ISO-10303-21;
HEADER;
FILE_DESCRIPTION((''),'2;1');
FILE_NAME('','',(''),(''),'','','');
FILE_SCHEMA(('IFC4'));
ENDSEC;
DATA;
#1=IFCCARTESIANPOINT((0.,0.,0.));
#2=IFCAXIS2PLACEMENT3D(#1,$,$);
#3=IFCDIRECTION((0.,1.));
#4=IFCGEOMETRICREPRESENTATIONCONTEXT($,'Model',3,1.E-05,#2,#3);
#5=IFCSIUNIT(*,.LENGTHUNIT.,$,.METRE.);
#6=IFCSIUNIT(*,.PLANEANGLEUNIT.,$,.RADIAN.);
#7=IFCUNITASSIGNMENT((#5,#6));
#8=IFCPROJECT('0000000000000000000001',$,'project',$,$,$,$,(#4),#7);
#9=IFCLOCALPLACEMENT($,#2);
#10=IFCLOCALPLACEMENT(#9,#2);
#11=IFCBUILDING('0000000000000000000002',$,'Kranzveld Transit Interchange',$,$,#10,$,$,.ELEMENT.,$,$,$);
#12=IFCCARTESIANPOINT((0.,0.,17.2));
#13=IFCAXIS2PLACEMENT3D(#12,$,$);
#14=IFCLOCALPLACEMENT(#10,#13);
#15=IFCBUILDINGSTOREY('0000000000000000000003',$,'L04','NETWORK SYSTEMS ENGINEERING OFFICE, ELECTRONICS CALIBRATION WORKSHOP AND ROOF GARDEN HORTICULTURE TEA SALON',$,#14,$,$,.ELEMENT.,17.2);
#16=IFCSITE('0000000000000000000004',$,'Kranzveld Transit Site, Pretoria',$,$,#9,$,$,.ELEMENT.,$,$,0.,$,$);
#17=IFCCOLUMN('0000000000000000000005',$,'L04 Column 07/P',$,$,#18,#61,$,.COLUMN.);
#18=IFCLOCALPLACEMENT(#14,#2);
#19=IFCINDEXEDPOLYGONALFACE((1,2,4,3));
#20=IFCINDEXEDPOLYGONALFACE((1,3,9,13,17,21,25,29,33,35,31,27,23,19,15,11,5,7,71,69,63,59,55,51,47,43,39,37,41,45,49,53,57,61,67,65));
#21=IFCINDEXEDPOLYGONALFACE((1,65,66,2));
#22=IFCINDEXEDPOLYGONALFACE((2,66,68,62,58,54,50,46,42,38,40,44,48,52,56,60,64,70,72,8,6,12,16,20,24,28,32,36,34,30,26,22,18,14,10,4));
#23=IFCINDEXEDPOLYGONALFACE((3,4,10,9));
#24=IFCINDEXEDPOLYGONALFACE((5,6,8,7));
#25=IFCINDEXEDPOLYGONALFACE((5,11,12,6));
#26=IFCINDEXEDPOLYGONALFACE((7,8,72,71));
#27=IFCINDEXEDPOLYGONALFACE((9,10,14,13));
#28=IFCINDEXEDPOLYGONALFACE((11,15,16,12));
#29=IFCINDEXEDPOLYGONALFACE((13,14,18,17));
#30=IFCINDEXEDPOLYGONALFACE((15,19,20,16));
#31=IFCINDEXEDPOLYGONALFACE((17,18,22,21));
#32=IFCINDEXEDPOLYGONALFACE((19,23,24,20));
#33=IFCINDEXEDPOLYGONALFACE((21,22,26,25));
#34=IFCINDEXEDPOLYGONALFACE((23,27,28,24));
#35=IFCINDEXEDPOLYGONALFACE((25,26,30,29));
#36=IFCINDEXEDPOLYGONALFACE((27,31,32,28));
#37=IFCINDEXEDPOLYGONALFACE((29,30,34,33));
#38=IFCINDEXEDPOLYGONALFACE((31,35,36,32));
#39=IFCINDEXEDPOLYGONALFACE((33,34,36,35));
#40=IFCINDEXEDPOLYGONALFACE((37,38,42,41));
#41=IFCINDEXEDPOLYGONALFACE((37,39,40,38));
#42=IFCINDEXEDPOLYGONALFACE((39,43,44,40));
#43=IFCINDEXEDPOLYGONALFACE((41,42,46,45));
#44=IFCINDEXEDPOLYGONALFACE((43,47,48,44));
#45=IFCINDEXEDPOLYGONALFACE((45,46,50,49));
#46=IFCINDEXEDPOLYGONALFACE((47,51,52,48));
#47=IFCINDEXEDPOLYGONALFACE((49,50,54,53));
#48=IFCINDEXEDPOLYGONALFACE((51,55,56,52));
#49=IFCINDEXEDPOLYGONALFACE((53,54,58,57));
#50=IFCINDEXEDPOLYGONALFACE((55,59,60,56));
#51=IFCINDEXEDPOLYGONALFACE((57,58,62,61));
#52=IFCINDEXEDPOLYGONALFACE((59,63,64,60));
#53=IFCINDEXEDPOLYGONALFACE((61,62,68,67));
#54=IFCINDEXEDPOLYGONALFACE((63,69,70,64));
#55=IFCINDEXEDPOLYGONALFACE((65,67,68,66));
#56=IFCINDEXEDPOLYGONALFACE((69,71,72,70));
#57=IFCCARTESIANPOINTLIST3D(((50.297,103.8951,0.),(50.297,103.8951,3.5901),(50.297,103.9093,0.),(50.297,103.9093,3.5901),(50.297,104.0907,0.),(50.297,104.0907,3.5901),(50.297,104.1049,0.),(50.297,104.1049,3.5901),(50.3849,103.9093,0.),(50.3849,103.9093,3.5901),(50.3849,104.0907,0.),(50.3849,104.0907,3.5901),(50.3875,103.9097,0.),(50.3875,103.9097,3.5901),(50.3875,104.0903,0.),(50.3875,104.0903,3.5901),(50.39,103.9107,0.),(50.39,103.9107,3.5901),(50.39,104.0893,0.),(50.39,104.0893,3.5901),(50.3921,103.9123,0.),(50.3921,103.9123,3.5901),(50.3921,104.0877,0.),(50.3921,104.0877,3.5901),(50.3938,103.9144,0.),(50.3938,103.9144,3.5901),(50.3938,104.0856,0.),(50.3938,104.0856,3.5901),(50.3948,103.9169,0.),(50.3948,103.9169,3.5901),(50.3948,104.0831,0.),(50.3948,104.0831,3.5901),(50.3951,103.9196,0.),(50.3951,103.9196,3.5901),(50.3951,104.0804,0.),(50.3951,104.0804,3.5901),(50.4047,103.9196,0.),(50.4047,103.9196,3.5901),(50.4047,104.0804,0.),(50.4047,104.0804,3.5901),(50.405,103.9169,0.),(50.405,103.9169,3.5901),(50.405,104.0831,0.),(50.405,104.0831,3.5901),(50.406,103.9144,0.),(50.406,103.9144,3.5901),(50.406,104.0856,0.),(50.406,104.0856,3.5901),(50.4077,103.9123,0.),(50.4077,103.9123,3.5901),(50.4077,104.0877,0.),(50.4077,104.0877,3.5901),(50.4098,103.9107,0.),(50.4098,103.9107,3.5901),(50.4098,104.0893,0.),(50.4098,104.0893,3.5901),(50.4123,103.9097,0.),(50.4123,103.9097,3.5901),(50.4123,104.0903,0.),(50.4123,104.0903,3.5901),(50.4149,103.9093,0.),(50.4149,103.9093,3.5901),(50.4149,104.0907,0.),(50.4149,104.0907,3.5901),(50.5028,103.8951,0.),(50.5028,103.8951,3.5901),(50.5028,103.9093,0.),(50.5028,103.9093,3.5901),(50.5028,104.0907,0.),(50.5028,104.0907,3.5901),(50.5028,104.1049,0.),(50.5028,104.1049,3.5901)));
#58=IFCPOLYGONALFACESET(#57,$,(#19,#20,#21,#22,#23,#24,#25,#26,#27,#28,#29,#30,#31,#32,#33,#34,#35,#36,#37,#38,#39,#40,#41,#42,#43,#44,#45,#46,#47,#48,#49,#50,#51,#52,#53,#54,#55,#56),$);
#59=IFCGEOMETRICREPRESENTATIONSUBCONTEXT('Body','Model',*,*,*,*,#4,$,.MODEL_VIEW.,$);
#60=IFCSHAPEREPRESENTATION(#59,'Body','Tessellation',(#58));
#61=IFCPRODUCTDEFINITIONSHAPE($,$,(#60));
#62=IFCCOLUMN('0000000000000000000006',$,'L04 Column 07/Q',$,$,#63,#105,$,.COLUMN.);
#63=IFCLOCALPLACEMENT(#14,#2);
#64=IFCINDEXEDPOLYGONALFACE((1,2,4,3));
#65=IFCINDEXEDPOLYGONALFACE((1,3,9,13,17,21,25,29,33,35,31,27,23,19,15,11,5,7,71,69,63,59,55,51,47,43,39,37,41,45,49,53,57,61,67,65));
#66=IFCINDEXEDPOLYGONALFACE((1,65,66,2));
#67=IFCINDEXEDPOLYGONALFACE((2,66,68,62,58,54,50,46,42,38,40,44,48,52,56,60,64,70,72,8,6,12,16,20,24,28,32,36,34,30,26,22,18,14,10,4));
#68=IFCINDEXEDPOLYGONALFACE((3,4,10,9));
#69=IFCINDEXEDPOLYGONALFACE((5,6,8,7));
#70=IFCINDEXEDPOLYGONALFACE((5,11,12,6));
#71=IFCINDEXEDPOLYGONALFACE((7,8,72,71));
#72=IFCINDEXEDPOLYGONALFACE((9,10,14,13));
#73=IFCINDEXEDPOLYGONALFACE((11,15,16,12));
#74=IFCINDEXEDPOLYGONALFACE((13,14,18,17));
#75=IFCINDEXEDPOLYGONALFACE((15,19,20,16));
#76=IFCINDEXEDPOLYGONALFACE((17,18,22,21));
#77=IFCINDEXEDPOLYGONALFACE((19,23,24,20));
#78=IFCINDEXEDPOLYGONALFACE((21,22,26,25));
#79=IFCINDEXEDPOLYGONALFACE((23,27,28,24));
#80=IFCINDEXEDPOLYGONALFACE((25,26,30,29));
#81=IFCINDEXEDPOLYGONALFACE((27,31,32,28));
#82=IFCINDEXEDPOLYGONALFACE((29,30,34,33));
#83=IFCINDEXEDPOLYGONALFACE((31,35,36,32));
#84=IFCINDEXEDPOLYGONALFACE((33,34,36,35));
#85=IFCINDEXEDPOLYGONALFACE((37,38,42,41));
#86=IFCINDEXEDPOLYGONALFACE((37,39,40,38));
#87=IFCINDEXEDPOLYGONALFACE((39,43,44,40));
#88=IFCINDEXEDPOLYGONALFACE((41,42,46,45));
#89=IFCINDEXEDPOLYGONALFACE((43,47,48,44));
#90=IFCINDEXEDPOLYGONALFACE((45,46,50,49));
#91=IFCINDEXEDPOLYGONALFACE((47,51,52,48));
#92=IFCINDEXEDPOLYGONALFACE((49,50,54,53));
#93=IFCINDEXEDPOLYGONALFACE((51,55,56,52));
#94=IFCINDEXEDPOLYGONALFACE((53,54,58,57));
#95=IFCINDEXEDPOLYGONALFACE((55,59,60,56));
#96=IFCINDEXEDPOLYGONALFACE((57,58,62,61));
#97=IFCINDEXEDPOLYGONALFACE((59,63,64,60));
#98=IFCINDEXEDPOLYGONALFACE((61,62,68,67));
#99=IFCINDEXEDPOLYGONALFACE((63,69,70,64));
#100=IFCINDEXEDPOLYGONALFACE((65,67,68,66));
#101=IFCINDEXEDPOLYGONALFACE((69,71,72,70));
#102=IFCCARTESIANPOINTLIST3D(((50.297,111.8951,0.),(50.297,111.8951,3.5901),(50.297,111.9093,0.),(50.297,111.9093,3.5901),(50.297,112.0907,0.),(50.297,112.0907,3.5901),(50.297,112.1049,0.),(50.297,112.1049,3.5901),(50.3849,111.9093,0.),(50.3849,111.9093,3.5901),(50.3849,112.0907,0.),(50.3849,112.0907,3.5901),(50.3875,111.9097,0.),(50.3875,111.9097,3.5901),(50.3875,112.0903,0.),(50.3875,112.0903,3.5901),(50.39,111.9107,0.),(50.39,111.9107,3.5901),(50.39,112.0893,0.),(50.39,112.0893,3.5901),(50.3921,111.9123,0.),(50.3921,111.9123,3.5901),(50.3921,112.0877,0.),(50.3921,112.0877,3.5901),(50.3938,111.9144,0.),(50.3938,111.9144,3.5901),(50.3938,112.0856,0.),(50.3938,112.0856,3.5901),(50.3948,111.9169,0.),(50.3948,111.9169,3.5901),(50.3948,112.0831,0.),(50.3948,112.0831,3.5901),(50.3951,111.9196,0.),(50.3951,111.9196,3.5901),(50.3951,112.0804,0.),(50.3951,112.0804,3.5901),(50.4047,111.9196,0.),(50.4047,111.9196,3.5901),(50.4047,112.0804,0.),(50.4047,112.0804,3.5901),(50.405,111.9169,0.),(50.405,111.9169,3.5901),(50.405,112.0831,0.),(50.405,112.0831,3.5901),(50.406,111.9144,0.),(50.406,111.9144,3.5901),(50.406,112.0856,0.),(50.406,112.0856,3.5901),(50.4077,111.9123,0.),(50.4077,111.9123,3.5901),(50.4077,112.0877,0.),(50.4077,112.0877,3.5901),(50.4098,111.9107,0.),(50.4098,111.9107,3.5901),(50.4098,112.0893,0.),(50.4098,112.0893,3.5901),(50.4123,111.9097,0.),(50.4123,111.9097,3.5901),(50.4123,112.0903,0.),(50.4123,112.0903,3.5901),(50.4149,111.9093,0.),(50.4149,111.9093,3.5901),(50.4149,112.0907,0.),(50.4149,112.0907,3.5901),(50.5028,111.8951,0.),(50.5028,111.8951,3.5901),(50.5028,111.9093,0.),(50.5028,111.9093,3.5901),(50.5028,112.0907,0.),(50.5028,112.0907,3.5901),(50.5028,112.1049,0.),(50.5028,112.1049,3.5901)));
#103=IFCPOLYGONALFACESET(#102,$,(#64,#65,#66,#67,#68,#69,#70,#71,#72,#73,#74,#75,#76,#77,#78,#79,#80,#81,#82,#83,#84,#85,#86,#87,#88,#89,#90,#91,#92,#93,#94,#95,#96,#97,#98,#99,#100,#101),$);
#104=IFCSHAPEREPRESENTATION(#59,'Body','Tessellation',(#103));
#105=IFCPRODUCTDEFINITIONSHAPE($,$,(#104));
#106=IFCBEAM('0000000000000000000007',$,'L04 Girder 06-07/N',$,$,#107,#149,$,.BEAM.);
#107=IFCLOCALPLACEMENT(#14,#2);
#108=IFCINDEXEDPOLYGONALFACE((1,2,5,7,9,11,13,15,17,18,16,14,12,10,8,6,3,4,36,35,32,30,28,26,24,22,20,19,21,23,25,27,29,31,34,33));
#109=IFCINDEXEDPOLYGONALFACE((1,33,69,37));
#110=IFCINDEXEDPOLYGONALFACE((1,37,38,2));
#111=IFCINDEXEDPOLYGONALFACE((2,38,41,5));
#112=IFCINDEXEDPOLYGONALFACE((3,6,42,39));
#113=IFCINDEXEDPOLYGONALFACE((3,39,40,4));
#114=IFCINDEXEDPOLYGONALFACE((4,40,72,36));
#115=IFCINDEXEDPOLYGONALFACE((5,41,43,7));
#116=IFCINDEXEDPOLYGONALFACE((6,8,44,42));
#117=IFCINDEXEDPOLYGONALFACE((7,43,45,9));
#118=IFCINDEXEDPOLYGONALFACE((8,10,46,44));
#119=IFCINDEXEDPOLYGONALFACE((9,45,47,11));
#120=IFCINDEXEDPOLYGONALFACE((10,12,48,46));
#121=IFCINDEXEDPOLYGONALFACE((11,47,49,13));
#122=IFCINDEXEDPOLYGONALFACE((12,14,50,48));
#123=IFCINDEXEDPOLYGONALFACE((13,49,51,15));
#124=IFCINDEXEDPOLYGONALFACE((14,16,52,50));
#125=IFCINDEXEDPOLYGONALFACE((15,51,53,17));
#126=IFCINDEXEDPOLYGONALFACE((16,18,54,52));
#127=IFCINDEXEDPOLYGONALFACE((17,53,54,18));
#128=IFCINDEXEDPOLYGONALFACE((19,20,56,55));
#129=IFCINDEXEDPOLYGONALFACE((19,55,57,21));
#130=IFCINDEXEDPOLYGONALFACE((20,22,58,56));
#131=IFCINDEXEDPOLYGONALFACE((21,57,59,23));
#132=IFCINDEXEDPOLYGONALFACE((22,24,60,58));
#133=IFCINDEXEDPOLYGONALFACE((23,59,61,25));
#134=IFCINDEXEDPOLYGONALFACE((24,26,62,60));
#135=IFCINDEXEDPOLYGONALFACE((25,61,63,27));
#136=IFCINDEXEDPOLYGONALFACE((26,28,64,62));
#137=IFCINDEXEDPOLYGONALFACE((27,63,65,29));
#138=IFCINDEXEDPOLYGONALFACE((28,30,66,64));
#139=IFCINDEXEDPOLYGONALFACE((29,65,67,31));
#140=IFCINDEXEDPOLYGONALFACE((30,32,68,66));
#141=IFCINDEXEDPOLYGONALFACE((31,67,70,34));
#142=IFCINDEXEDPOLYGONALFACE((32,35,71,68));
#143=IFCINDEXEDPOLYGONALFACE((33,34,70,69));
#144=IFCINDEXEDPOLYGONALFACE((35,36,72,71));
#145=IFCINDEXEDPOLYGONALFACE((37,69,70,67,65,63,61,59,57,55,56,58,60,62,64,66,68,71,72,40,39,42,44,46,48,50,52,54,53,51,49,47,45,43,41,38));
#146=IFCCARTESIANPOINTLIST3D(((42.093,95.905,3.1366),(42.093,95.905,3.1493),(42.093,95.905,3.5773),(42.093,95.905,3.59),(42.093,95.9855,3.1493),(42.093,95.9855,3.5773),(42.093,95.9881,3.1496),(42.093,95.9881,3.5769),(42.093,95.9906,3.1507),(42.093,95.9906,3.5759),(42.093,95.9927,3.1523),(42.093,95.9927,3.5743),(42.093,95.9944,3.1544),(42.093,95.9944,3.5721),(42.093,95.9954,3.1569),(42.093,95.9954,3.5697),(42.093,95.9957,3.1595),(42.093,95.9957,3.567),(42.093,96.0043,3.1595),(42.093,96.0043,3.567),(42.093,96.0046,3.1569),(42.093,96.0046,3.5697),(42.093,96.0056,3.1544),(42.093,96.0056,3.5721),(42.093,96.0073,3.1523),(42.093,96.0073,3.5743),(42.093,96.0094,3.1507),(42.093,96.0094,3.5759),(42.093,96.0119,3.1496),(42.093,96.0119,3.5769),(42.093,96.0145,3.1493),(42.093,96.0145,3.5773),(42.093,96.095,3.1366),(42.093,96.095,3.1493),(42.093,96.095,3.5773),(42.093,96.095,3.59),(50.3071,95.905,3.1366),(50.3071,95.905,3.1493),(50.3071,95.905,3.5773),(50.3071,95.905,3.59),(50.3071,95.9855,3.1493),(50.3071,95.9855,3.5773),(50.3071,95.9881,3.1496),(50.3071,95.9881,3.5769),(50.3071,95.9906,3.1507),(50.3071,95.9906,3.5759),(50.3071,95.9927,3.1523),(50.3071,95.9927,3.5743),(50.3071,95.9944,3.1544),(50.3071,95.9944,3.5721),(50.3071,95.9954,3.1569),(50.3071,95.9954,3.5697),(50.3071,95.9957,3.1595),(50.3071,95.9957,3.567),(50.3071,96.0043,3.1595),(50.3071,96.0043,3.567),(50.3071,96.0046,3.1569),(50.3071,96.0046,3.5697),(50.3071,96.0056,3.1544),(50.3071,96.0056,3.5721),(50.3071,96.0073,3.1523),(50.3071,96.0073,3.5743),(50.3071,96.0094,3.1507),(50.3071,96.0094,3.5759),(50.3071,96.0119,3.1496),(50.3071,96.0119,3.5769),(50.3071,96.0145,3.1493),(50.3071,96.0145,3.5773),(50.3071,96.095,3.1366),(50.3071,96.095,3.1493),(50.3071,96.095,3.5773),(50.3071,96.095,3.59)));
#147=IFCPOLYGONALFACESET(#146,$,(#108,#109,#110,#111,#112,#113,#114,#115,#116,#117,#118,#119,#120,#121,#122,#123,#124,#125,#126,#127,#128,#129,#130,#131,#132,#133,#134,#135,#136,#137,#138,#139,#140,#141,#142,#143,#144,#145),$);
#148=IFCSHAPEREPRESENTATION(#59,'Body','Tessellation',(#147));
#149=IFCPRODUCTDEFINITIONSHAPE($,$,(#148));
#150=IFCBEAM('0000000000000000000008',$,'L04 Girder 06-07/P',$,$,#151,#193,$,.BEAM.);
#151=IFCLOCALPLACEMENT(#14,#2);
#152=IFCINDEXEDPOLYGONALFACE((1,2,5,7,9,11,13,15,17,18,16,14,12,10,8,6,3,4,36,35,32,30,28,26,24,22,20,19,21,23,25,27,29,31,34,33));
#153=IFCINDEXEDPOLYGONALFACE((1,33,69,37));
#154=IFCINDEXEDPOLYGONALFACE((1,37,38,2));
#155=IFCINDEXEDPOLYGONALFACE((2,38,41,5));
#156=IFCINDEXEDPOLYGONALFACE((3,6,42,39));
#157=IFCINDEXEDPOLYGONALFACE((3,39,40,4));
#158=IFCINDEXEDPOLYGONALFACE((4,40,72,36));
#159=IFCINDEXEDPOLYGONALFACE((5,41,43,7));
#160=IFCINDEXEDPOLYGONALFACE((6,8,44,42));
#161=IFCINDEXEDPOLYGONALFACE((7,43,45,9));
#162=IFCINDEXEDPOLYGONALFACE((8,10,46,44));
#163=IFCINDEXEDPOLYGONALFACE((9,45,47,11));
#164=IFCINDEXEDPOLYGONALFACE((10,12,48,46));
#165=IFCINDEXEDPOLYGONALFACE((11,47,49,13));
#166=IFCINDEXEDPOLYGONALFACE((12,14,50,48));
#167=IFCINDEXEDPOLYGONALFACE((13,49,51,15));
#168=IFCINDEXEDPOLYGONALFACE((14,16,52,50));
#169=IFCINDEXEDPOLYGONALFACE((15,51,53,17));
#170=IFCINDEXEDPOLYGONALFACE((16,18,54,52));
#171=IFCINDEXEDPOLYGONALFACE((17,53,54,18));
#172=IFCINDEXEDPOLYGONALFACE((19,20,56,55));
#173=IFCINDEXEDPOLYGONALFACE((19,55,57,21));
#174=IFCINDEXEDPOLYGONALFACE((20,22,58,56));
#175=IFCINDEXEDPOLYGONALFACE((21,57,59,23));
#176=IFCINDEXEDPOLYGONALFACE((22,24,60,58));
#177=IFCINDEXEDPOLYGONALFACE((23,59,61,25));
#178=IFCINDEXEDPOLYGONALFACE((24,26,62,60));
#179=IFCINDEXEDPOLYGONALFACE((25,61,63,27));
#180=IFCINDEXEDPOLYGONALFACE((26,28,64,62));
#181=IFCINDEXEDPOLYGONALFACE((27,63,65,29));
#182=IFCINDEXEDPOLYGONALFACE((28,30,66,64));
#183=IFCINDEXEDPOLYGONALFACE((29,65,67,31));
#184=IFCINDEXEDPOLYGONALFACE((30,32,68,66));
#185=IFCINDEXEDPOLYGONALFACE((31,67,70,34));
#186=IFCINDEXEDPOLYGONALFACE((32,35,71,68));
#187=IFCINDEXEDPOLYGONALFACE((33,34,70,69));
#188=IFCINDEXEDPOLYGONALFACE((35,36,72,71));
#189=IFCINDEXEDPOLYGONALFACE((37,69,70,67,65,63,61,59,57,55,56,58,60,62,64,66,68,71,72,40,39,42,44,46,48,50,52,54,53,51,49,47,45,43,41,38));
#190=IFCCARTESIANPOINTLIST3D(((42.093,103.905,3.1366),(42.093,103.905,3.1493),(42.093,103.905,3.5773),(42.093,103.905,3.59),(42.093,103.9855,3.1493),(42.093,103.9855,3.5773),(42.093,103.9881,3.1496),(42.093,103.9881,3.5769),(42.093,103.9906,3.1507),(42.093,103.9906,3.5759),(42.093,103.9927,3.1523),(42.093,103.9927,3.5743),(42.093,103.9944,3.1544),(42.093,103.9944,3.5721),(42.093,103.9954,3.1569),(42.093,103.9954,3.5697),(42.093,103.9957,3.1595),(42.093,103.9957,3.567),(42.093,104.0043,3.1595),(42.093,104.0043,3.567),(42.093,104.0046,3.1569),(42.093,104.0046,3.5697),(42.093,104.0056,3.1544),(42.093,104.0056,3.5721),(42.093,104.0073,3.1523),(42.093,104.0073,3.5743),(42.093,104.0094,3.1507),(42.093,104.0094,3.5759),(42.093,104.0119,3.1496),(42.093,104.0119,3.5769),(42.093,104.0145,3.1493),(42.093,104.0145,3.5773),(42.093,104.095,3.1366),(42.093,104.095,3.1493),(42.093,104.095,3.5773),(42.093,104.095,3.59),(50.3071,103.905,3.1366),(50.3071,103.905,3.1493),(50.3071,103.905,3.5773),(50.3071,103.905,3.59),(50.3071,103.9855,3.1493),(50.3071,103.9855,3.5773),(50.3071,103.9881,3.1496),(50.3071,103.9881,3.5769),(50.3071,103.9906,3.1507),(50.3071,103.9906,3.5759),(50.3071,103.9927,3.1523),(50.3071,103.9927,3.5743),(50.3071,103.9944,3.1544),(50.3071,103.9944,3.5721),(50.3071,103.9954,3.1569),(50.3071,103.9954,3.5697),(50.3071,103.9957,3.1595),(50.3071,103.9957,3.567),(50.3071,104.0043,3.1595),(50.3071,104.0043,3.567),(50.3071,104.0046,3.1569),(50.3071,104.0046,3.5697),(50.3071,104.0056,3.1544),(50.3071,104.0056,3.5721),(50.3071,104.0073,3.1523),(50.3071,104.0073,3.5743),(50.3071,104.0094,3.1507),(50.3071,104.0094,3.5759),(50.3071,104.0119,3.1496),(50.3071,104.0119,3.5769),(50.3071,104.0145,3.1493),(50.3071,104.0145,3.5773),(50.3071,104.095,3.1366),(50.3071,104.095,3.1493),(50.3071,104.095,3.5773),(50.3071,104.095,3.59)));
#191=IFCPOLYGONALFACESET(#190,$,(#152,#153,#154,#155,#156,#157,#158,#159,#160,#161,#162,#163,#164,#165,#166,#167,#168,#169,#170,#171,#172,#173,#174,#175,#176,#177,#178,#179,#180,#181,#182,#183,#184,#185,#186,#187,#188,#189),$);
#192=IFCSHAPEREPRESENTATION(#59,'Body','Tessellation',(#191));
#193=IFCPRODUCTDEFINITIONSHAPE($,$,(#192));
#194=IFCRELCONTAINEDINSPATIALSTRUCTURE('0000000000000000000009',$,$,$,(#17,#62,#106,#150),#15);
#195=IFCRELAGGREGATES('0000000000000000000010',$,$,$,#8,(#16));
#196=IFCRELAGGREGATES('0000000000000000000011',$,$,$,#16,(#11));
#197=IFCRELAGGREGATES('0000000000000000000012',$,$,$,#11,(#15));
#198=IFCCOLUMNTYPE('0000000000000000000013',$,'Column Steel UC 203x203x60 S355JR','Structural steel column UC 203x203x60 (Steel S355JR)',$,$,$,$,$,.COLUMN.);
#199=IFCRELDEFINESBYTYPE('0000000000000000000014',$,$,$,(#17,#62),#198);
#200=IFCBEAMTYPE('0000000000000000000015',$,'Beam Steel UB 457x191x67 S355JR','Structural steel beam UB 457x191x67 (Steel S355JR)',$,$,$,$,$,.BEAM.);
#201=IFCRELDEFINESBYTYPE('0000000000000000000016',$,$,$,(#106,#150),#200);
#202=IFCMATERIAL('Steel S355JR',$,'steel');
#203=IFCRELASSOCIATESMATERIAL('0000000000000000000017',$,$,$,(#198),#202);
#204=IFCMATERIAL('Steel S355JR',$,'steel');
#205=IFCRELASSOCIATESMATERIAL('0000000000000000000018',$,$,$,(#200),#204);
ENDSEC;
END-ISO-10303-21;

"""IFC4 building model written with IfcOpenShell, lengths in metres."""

from ifc_helpers import new_model, si_unit, direction, frame, origin, origin_2d, place, context, subcontext, project, spatial, i_section, extrude, material, material_profile, profile_set, type_object, element, save


model = new_model("IFC4")

# Units and contexts
model_context = context("Model", 3, precision=1e-05, world=origin(), true_north=direction((0.0, 1.0)))
body_context = subcontext(model_context, "Body", "Model", "MODEL_VIEW")
ifc_project = project(units=[si_unit("LENGTHUNIT", "METRE"), si_unit("PLANEANGLEUNIT", "RADIAN")], contexts=[model_context])

# Site, building, storey
site_placement = place(None, origin())
site = spatial("IfcSite", under=ifc_project, at=site_placement, Name="Kranzveld Transit Site, Pretoria", CompositionType="ELEMENT", RefElevation=0.0)
building_placement = place(site_placement, origin())
building = spatial("IfcBuilding", under=site, at=building_placement, Name="Kranzveld Transit Interchange", CompositionType="ELEMENT")
storey_placement = place(building_placement, frame((0.0, 0.0, 17.2)))
storey = spatial("IfcBuildingStorey", under=building, at=storey_placement, Name="L04", Description="NETWORK SYSTEMS ENGINEERING OFFICE, ELECTRONICS CALIBRATION WORKSHOP AND ROOF GARDEN HORTICULTURE TEA SALON", CompositionType="ELEMENT", Elevation=17.2)

# Columns
ifc_material_1 = material(Name="Steel S355JR", Category="steel")
ifc_material_profile_1 = material_profile(ifc_material_1, i_section(OverallWidth=0.2058, OverallDepth=0.2097, WebThickness=0.0095, FlangeThickness=0.0142, FilletRadius=0.0103, at=origin_2d()), Name="UC 203x203x60")
ifc_profile_set_1 = profile_set([ifc_material_profile_1], Name="Steel S355JR")
column_type = type_object("IfcColumnType", Name="Column Steel UC 203x203x60 S355JR", Description="Structural steel column UC 203x203x60 (Steel S355JR)", PredefinedType="COLUMN", material=ifc_profile_set_1)
for number, where, z_axis, x_axis, name in (
    (1, (50.3999, 104.0, 0.0), (0.0, 0.0, 1.0), (1.0, 0.0, 0.0), "L04 Column 07/P"),
    (2, (50.3999, 112.0, 0.0), (0.0, 0.0, 1.0), (1.0, 0.0, 0.0), "L04 Column 07/Q"),
):
    element("IfcColumn", number, at=place(storey_placement, frame(where, z_axis=z_axis, x_axis=x_axis)), inside=storey, type_object=column_type, Name=name, PredefinedType="COLUMN", context=body_context, shape_type="SweptSolid", body=[
        extrude(i_section(OverallWidth=0.2058, OverallDepth=0.2097, WebThickness=0.0095, FlangeThickness=0.0142, FilletRadius=0.0103, at=origin_2d()), origin(), (0.0, 0.0, 1.0), 3.5901),
    ])

# Beams
ifc_material_2 = material(Name="Steel S355JR", Category="steel")
ifc_material_profile_2 = material_profile(ifc_material_2, i_section(OverallWidth=0.1899, OverallDepth=0.4534, WebThickness=0.0085, FlangeThickness=0.0127, FilletRadius=0.0103, at=origin_2d()), Name="UB 457x191x67")
ifc_profile_set_2 = profile_set([ifc_material_profile_2], Name="Steel S355JR")
beam_type_1 = type_object("IfcBeamType", Name="Beam Steel UB 457x191x67 S355JR", Description="Structural steel beam UB 457x191x67 (Steel S355JR)", PredefinedType="BEAM", material=ifc_profile_set_2)
for number, where, z_axis, x_axis, name in (
    (3, (42.093, 96.0, 3.3633), (1.0, 0.0, 0.0), (0.0, 1.0, 0.0), "L04 Girder 06-07/N"),
    (4, (42.093, 104.0, 3.3633), (1.0, 0.0, 0.0), (0.0, 1.0, 0.0), "L04 Girder 06-07/P"),
):
    element("IfcBeam", number, at=place(storey_placement, frame(where, z_axis=z_axis, x_axis=x_axis)), inside=storey, type_object=beam_type_1, Name=name, PredefinedType="BEAM", context=body_context, shape_type="SweptSolid", body=[
        extrude(i_section(OverallWidth=0.1899, OverallDepth=0.4534, WebThickness=0.0085, FlangeThickness=0.0127, FilletRadius=0.0103, at=origin_2d()), origin(), (0.0, 0.0, 1.0), 8.2141),
    ])

save(model, "model.ifc")
